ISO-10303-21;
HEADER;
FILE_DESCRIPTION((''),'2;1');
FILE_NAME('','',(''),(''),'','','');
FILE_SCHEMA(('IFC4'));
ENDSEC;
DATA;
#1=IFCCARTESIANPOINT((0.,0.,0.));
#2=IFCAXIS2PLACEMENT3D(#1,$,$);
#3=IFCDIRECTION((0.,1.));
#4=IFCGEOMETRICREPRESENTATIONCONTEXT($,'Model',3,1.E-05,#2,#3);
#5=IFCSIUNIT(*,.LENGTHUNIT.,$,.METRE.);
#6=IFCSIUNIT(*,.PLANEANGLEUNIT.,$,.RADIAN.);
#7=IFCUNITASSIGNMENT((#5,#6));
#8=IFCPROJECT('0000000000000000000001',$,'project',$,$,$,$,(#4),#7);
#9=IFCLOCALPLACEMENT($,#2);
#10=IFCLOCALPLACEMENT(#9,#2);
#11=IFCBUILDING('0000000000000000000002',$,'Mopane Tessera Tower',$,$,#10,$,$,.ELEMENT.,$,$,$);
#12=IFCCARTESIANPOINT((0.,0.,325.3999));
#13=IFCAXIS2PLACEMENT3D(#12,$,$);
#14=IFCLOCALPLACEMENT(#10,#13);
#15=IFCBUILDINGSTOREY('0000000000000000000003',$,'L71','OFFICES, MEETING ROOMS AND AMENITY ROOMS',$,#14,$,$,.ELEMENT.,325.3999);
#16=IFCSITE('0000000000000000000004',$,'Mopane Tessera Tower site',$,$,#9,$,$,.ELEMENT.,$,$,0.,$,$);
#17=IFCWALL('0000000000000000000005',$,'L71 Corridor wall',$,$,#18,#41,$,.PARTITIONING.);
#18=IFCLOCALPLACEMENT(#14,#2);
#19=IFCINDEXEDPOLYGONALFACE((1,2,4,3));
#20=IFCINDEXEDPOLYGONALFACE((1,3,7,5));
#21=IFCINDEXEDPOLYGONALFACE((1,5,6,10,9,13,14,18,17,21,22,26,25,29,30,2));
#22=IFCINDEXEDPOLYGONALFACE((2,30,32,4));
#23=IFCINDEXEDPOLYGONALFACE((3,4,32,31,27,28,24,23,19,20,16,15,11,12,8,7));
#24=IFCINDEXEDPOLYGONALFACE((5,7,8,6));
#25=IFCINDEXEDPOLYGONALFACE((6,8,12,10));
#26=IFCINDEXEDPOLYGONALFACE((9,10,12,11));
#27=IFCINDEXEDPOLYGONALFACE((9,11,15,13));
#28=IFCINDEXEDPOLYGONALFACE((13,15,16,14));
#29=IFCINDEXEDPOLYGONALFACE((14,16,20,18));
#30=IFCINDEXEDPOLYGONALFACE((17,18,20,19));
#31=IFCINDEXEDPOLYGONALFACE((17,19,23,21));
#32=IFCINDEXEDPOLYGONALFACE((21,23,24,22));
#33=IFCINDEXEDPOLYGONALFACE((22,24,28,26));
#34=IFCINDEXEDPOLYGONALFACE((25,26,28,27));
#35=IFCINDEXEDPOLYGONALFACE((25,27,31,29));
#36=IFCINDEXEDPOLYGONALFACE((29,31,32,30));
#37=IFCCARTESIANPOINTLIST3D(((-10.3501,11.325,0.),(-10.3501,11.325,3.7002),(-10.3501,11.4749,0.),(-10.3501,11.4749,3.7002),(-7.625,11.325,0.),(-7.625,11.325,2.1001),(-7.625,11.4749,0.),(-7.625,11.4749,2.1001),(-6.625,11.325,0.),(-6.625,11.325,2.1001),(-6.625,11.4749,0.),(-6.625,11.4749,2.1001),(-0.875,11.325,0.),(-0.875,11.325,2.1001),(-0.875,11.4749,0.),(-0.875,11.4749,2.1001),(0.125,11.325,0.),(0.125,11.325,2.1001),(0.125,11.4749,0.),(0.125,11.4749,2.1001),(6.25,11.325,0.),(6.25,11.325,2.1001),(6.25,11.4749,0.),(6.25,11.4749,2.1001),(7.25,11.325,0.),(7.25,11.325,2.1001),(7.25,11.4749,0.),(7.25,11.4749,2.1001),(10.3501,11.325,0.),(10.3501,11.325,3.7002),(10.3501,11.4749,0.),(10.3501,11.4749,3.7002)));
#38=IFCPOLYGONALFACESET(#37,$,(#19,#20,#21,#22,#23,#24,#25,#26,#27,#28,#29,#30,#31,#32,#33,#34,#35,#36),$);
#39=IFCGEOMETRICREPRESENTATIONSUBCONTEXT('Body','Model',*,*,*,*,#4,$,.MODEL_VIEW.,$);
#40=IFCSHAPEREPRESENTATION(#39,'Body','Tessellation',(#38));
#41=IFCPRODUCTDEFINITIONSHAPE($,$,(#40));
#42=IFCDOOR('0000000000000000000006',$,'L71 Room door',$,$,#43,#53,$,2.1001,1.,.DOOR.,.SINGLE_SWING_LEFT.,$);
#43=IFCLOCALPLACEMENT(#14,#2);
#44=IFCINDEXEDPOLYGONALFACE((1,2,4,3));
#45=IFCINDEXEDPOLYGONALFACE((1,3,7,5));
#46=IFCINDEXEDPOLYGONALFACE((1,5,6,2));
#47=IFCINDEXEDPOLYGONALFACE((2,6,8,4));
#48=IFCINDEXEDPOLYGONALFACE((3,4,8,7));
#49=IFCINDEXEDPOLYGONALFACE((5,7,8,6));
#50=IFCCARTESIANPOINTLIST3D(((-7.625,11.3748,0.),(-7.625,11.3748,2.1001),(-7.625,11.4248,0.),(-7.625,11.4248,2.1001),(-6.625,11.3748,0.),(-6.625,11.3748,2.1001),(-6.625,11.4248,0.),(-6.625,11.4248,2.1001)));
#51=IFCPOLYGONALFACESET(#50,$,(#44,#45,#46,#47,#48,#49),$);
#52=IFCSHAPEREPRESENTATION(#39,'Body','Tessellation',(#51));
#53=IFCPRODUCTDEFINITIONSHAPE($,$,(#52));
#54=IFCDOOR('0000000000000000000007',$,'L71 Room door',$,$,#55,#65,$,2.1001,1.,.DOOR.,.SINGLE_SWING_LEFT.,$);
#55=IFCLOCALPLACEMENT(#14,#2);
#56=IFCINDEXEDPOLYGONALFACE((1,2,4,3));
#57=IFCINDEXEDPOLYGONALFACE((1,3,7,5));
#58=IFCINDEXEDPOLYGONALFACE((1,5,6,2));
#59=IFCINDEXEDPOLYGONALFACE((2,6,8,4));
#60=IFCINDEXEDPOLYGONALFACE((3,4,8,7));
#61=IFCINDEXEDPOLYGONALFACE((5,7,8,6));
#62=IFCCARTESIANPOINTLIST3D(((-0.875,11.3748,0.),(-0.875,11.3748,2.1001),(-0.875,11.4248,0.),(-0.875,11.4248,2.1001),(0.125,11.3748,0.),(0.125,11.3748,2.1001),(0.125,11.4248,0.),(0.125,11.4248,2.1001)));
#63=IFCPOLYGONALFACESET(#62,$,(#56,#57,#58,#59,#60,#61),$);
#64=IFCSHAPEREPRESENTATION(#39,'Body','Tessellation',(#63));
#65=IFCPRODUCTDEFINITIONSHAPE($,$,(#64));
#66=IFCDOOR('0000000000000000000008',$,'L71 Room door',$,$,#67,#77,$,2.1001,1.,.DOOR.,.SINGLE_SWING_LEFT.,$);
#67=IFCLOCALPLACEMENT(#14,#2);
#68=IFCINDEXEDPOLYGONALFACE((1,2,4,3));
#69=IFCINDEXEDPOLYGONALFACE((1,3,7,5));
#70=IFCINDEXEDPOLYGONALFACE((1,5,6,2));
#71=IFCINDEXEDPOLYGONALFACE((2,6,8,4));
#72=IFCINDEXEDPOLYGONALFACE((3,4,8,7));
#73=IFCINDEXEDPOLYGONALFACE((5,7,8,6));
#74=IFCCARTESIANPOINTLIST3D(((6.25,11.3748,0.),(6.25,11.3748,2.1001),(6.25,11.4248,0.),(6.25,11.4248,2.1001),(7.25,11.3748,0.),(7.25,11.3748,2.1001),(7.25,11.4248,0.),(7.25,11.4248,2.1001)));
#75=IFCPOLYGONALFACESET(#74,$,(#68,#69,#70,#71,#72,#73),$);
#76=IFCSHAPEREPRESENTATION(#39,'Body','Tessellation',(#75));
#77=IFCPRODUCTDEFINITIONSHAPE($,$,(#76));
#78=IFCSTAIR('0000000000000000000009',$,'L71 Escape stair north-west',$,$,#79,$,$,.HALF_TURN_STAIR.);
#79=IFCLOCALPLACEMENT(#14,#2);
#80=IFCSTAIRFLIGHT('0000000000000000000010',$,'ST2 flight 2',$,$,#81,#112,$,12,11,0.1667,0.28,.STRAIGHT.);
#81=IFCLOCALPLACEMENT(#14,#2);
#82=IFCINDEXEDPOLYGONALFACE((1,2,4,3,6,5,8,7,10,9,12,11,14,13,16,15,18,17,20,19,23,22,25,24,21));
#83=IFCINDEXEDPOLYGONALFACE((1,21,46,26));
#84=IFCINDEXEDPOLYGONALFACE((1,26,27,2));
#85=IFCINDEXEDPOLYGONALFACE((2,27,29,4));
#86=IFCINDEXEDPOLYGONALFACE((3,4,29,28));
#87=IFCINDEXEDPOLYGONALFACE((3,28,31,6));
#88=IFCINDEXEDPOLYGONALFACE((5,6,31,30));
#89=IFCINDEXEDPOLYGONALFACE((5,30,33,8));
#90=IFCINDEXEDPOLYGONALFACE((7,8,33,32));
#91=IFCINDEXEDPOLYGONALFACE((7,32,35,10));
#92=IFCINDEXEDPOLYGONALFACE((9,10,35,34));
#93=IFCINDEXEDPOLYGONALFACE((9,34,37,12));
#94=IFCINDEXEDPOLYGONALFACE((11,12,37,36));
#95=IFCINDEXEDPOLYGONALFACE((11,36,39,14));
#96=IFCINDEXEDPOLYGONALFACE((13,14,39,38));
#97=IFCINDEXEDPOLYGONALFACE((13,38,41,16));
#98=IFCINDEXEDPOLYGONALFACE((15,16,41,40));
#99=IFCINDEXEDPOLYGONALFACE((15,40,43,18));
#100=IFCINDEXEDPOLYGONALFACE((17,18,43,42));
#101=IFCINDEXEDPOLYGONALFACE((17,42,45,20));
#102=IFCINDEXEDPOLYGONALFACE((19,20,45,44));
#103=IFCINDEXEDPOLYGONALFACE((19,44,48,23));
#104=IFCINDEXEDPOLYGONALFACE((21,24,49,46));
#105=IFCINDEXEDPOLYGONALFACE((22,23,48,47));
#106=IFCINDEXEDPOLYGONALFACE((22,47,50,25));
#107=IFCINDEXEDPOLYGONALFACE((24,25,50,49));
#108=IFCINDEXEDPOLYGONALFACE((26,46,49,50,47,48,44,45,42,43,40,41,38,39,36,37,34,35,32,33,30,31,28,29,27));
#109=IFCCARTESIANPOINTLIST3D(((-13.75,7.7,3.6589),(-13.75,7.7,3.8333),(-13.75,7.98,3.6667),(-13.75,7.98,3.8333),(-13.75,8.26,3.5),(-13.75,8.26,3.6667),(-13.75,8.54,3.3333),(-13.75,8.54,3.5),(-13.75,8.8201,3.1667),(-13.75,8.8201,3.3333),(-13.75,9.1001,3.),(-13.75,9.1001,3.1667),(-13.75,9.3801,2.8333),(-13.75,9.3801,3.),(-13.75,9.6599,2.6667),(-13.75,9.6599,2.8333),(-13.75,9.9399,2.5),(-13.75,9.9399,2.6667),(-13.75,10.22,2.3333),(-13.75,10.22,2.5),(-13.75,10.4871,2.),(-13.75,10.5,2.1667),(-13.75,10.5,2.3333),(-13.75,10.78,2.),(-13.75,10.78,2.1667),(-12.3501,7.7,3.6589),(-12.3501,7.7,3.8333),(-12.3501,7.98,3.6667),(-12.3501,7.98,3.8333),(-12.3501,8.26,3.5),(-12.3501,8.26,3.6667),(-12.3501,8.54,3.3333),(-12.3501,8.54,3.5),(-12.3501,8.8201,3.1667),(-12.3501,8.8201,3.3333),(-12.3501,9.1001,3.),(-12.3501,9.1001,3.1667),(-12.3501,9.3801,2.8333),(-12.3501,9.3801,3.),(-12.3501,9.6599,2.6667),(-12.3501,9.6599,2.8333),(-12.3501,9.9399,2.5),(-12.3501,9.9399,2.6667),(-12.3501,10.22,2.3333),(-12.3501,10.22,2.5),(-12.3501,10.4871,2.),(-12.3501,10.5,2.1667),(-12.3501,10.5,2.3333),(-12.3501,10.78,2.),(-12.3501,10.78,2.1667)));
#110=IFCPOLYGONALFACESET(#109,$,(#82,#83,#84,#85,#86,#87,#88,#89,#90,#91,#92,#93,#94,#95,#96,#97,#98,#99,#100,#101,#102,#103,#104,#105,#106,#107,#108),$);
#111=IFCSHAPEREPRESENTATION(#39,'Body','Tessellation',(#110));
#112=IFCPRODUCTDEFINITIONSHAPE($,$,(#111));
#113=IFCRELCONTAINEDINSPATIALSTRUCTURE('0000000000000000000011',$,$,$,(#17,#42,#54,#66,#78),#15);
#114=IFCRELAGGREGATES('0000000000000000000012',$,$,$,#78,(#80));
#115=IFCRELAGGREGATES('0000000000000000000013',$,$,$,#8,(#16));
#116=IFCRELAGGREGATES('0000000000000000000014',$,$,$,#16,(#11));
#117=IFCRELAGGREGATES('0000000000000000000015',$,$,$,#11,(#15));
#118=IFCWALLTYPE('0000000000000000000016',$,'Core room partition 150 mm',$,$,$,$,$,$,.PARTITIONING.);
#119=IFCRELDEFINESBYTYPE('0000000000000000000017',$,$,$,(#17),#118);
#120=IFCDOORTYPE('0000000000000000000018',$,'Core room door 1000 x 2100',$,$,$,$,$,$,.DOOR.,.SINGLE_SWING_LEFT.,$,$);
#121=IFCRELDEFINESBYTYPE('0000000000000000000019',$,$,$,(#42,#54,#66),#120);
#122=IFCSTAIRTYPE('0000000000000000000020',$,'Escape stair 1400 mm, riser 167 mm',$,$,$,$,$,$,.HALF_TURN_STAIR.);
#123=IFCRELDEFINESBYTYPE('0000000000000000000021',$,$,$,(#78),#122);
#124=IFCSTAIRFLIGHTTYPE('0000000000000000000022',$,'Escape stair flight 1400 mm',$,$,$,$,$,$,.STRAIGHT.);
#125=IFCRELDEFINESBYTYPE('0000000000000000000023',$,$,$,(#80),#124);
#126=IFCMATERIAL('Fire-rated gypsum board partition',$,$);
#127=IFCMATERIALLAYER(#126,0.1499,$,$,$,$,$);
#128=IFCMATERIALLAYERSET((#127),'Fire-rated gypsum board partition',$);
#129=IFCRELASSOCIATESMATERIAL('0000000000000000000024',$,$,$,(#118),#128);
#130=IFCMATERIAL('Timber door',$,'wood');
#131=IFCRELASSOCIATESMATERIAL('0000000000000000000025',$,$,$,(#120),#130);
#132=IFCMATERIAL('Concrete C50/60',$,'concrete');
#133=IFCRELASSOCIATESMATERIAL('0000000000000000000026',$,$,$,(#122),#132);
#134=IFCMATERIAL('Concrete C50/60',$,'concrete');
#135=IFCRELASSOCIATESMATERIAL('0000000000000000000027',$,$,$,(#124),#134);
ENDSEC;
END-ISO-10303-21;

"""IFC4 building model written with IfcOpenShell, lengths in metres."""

from ifc_helpers import new_model, si_unit, direction, frame, frame_2d, origin, place, context, subcontext, project, spatial, polyline, rectangle, outline, extrude, material, layer, layer_set, type_object, element, fill, aggregate, save


model = new_model("IFC4")

# Units and contexts
model_context = context("Model", 3, precision=1e-05, world=origin(), true_north=direction((0.0, 1.0)))
body_context = subcontext(model_context, "Body", "Model", "MODEL_VIEW")
ifc_project = project(units=[si_unit("LENGTHUNIT", "METRE"), si_unit("PLANEANGLEUNIT", "RADIAN")], contexts=[model_context])

# Site, building, storey
site_placement = place(None, origin())
site = spatial("IfcSite", under=ifc_project, at=site_placement, Name="Mopane Tessera Tower site", CompositionType="ELEMENT", RefElevation=0.0)
building_placement = place(site_placement, origin())
building = spatial("IfcBuilding", under=site, at=building_placement, Name="Mopane Tessera Tower", CompositionType="ELEMENT")
storey_placement = place(building_placement, frame((0.0, 0.0, 325.3999)))
storey = spatial("IfcBuildingStorey", under=building, at=storey_placement, Name="L71", Description="OFFICES, MEETING ROOMS AND AMENITY ROOMS", CompositionType="ELEMENT", Elevation=325.3999)

# Wall, openings, doors
ifc_material_1 = material(Name="Fire-rated gypsum board partition")
ifc_layer_1 = layer(ifc_material_1, 0.1499)
ifc_layer_set_1 = layer_set([ifc_layer_1], Name="Fire-rated gypsum board partition")
wall_type = type_object("IfcWallType", Name="Core room partition 150 mm", PredefinedType="PARTITIONING", material=ifc_layer_set_1)
wall_placement = place(storey_placement, frame((-10.3501, 11.3999, 0.0), z_axis=(0.0, 0.0, 1.0), x_axis=(1.0, 0.0, 0.0)))
wall = element("IfcWall", 1, at=wall_placement, inside=storey, type_object=wall_type, Name="L71 Corridor wall", PredefinedType="PARTITIONING", context=body_context, shape_type="SweptSolid", body=[
    extrude(rectangle(XDim=20.7002, YDim=0.1499, at=frame_2d((10.3501, 0.0))), origin(), (0.0, 0.0, 1.0), 3.7002),
])
opening_1_placement = place(wall_placement, frame((2.7251, 0.0, 0.0)))
opening_1 = element("IfcOpeningElement", 2, at=opening_1_placement, cuts=wall, PredefinedType="OPENING", context=body_context, shape_type="SweptSolid", body=[
    extrude(rectangle(XDim=1.0, YDim=2.1001, at=frame_2d((0.5, 1.05))), frame((0.0, 0.0869, 0.0), z_axis=(0.0, -1.0, 0.0), x_axis=(1.0, 0.0, 0.0)), (0.0, 0.0, 1.0), 0.1738),
])
opening_2_placement = place(wall_placement, frame((9.4751, 0.0, 0.0)))
opening_2 = element("IfcOpeningElement", 3, at=opening_2_placement, cuts=wall, PredefinedType="OPENING", context=body_context, shape_type="SweptSolid", body=[
    extrude(rectangle(XDim=1.0, YDim=2.1001, at=frame_2d((0.5, 1.05))), frame((0.0, 0.0869, 0.0), z_axis=(0.0, -1.0, 0.0), x_axis=(1.0, 0.0, 0.0)), (0.0, 0.0, 1.0), 0.1738),
])
opening_3_placement = place(wall_placement, frame((16.6001, 0.0, 0.0)))
opening_3 = element("IfcOpeningElement", 4, at=opening_3_placement, cuts=wall, PredefinedType="OPENING", context=body_context, shape_type="SweptSolid", body=[
    extrude(rectangle(XDim=1.0, YDim=2.1001, at=frame_2d((0.5, 1.05))), frame((0.0, 0.0869, 0.0), z_axis=(0.0, -1.0, 0.0), x_axis=(1.0, 0.0, 0.0)), (0.0, 0.0, 1.0), 0.1738),
])
ifc_material_2 = material(Name="Timber door", Category="wood")
door_type = type_object("IfcDoorType", Name="Core room door 1000 x 2100", OperationType="SINGLE_SWING_LEFT", PredefinedType="DOOR", material=ifc_material_2)
door_1_placement = place(opening_1_placement, origin())
door_1 = element("IfcDoor", 5, at=door_1_placement, inside=storey, type_object=door_type, Name="L71 Room door", OperationType="SINGLE_SWING_LEFT", OverallHeight=2.1001, OverallWidth=1.0, PredefinedType="DOOR", context=body_context, shape_type="SweptSolid", body=[
    extrude(rectangle(XDim=1.0, YDim=2.1001, at=frame_2d((0.5, 1.05))), frame((0.0, 0.0249, 0.0), z_axis=(0.0, -1.0, 0.0), x_axis=(1.0, 0.0, 0.0)), (0.0, 0.0, 1.0), 0.05),
])
fill(opening_1, door_1)
door_2_placement = place(opening_2_placement, origin())
door_2 = element("IfcDoor", 6, at=door_2_placement, inside=storey, type_object=door_type, Name="L71 Room door", OperationType="SINGLE_SWING_LEFT", OverallHeight=2.1001, OverallWidth=1.0, PredefinedType="DOOR", context=body_context, shape_type="SweptSolid", body=[
    extrude(rectangle(XDim=1.0, YDim=2.1001, at=frame_2d((0.5, 1.05))), frame((0.0, 0.0249, 0.0), z_axis=(0.0, -1.0, 0.0), x_axis=(1.0, 0.0, 0.0)), (0.0, 0.0, 1.0), 0.05),
])
fill(opening_2, door_2)
door_3_placement = place(opening_3_placement, origin())
door_3 = element("IfcDoor", 7, at=door_3_placement, inside=storey, type_object=door_type, Name="L71 Room door", OperationType="SINGLE_SWING_LEFT", OverallHeight=2.1001, OverallWidth=1.0, PredefinedType="DOOR", context=body_context, shape_type="SweptSolid", body=[
    extrude(rectangle(XDim=1.0, YDim=2.1001, at=frame_2d((0.5, 1.05))), frame((0.0, 0.0249, 0.0), z_axis=(0.0, -1.0, 0.0), x_axis=(1.0, 0.0, 0.0)), (0.0, 0.0, 1.0), 0.05),
])
fill(opening_3, door_3)

# Stair, stair flight
ifc_material_3 = material(Name="Concrete C50/60", Category="concrete")
stair_type = type_object("IfcStairType", Name="Escape stair 1400 mm, riser 167 mm", PredefinedType="HALF_TURN_STAIR", material=ifc_material_3)
stair_placement = place(storey_placement, origin())
stair = element("IfcStair", 8, at=stair_placement, inside=storey, type_object=stair_type, Name="L71 Escape stair north-west", PredefinedType="HALF_TURN_STAIR")
ifc_material_4 = material(Name="Concrete C50/60", Category="concrete")
stair_flight_type = type_object("IfcStairFlightType", Name="Escape stair flight 1400 mm", PredefinedType="STRAIGHT", material=ifc_material_4)
stair_flight_placement = place(storey_placement, frame((-13.05, 10.78, 2.0), z_axis=(0.0, 0.0, 1.0), x_axis=(0.0, -1.0, 0.0)))
stair_flight = element("IfcStairFlight", 9, at=stair_flight_placement, type_object=stair_flight_type, Name="ST2 flight 2", NumberOfRisers=12, NumberOfTreads=11, PredefinedType="STRAIGHT", RiserHeight=0.1667, TreadLength=0.28, context=body_context, shape_type="SweptSolid", body=[
    extrude(outline(polyline([(0.0, 0.0), (0.0, 0.1667), (0.28, 0.1667), (0.28, 0.3333), (0.5601, 0.3333), (0.5601, 0.5), (0.8401, 0.5), (0.8401, 0.6667), (1.1201, 0.6667), (1.1201, 0.8333), (1.3999, 0.8333), (1.3999, 1.0), (1.6799, 1.0), (1.6799, 1.1667), (1.96, 1.1667), (1.96, 1.3333), (2.24, 1.3333), (2.24, 1.5), (2.52, 1.5), (2.52, 1.6667), (2.8, 1.6667), (2.8, 1.8333), (3.0801, 1.8333), (3.0801, 2.0), (3.0801, 1.6589), (0.293, 0.0), (0.0, 0.0)])), frame((0.0, 0.7, 0.0), z_axis=(0.0, -1.0, 0.0), x_axis=(1.0, 0.0, 0.0)), (0.0, 0.0, 1.0), 1.3999),
])
aggregate(stair, [stair_flight])

save(model, "model.ifc")
